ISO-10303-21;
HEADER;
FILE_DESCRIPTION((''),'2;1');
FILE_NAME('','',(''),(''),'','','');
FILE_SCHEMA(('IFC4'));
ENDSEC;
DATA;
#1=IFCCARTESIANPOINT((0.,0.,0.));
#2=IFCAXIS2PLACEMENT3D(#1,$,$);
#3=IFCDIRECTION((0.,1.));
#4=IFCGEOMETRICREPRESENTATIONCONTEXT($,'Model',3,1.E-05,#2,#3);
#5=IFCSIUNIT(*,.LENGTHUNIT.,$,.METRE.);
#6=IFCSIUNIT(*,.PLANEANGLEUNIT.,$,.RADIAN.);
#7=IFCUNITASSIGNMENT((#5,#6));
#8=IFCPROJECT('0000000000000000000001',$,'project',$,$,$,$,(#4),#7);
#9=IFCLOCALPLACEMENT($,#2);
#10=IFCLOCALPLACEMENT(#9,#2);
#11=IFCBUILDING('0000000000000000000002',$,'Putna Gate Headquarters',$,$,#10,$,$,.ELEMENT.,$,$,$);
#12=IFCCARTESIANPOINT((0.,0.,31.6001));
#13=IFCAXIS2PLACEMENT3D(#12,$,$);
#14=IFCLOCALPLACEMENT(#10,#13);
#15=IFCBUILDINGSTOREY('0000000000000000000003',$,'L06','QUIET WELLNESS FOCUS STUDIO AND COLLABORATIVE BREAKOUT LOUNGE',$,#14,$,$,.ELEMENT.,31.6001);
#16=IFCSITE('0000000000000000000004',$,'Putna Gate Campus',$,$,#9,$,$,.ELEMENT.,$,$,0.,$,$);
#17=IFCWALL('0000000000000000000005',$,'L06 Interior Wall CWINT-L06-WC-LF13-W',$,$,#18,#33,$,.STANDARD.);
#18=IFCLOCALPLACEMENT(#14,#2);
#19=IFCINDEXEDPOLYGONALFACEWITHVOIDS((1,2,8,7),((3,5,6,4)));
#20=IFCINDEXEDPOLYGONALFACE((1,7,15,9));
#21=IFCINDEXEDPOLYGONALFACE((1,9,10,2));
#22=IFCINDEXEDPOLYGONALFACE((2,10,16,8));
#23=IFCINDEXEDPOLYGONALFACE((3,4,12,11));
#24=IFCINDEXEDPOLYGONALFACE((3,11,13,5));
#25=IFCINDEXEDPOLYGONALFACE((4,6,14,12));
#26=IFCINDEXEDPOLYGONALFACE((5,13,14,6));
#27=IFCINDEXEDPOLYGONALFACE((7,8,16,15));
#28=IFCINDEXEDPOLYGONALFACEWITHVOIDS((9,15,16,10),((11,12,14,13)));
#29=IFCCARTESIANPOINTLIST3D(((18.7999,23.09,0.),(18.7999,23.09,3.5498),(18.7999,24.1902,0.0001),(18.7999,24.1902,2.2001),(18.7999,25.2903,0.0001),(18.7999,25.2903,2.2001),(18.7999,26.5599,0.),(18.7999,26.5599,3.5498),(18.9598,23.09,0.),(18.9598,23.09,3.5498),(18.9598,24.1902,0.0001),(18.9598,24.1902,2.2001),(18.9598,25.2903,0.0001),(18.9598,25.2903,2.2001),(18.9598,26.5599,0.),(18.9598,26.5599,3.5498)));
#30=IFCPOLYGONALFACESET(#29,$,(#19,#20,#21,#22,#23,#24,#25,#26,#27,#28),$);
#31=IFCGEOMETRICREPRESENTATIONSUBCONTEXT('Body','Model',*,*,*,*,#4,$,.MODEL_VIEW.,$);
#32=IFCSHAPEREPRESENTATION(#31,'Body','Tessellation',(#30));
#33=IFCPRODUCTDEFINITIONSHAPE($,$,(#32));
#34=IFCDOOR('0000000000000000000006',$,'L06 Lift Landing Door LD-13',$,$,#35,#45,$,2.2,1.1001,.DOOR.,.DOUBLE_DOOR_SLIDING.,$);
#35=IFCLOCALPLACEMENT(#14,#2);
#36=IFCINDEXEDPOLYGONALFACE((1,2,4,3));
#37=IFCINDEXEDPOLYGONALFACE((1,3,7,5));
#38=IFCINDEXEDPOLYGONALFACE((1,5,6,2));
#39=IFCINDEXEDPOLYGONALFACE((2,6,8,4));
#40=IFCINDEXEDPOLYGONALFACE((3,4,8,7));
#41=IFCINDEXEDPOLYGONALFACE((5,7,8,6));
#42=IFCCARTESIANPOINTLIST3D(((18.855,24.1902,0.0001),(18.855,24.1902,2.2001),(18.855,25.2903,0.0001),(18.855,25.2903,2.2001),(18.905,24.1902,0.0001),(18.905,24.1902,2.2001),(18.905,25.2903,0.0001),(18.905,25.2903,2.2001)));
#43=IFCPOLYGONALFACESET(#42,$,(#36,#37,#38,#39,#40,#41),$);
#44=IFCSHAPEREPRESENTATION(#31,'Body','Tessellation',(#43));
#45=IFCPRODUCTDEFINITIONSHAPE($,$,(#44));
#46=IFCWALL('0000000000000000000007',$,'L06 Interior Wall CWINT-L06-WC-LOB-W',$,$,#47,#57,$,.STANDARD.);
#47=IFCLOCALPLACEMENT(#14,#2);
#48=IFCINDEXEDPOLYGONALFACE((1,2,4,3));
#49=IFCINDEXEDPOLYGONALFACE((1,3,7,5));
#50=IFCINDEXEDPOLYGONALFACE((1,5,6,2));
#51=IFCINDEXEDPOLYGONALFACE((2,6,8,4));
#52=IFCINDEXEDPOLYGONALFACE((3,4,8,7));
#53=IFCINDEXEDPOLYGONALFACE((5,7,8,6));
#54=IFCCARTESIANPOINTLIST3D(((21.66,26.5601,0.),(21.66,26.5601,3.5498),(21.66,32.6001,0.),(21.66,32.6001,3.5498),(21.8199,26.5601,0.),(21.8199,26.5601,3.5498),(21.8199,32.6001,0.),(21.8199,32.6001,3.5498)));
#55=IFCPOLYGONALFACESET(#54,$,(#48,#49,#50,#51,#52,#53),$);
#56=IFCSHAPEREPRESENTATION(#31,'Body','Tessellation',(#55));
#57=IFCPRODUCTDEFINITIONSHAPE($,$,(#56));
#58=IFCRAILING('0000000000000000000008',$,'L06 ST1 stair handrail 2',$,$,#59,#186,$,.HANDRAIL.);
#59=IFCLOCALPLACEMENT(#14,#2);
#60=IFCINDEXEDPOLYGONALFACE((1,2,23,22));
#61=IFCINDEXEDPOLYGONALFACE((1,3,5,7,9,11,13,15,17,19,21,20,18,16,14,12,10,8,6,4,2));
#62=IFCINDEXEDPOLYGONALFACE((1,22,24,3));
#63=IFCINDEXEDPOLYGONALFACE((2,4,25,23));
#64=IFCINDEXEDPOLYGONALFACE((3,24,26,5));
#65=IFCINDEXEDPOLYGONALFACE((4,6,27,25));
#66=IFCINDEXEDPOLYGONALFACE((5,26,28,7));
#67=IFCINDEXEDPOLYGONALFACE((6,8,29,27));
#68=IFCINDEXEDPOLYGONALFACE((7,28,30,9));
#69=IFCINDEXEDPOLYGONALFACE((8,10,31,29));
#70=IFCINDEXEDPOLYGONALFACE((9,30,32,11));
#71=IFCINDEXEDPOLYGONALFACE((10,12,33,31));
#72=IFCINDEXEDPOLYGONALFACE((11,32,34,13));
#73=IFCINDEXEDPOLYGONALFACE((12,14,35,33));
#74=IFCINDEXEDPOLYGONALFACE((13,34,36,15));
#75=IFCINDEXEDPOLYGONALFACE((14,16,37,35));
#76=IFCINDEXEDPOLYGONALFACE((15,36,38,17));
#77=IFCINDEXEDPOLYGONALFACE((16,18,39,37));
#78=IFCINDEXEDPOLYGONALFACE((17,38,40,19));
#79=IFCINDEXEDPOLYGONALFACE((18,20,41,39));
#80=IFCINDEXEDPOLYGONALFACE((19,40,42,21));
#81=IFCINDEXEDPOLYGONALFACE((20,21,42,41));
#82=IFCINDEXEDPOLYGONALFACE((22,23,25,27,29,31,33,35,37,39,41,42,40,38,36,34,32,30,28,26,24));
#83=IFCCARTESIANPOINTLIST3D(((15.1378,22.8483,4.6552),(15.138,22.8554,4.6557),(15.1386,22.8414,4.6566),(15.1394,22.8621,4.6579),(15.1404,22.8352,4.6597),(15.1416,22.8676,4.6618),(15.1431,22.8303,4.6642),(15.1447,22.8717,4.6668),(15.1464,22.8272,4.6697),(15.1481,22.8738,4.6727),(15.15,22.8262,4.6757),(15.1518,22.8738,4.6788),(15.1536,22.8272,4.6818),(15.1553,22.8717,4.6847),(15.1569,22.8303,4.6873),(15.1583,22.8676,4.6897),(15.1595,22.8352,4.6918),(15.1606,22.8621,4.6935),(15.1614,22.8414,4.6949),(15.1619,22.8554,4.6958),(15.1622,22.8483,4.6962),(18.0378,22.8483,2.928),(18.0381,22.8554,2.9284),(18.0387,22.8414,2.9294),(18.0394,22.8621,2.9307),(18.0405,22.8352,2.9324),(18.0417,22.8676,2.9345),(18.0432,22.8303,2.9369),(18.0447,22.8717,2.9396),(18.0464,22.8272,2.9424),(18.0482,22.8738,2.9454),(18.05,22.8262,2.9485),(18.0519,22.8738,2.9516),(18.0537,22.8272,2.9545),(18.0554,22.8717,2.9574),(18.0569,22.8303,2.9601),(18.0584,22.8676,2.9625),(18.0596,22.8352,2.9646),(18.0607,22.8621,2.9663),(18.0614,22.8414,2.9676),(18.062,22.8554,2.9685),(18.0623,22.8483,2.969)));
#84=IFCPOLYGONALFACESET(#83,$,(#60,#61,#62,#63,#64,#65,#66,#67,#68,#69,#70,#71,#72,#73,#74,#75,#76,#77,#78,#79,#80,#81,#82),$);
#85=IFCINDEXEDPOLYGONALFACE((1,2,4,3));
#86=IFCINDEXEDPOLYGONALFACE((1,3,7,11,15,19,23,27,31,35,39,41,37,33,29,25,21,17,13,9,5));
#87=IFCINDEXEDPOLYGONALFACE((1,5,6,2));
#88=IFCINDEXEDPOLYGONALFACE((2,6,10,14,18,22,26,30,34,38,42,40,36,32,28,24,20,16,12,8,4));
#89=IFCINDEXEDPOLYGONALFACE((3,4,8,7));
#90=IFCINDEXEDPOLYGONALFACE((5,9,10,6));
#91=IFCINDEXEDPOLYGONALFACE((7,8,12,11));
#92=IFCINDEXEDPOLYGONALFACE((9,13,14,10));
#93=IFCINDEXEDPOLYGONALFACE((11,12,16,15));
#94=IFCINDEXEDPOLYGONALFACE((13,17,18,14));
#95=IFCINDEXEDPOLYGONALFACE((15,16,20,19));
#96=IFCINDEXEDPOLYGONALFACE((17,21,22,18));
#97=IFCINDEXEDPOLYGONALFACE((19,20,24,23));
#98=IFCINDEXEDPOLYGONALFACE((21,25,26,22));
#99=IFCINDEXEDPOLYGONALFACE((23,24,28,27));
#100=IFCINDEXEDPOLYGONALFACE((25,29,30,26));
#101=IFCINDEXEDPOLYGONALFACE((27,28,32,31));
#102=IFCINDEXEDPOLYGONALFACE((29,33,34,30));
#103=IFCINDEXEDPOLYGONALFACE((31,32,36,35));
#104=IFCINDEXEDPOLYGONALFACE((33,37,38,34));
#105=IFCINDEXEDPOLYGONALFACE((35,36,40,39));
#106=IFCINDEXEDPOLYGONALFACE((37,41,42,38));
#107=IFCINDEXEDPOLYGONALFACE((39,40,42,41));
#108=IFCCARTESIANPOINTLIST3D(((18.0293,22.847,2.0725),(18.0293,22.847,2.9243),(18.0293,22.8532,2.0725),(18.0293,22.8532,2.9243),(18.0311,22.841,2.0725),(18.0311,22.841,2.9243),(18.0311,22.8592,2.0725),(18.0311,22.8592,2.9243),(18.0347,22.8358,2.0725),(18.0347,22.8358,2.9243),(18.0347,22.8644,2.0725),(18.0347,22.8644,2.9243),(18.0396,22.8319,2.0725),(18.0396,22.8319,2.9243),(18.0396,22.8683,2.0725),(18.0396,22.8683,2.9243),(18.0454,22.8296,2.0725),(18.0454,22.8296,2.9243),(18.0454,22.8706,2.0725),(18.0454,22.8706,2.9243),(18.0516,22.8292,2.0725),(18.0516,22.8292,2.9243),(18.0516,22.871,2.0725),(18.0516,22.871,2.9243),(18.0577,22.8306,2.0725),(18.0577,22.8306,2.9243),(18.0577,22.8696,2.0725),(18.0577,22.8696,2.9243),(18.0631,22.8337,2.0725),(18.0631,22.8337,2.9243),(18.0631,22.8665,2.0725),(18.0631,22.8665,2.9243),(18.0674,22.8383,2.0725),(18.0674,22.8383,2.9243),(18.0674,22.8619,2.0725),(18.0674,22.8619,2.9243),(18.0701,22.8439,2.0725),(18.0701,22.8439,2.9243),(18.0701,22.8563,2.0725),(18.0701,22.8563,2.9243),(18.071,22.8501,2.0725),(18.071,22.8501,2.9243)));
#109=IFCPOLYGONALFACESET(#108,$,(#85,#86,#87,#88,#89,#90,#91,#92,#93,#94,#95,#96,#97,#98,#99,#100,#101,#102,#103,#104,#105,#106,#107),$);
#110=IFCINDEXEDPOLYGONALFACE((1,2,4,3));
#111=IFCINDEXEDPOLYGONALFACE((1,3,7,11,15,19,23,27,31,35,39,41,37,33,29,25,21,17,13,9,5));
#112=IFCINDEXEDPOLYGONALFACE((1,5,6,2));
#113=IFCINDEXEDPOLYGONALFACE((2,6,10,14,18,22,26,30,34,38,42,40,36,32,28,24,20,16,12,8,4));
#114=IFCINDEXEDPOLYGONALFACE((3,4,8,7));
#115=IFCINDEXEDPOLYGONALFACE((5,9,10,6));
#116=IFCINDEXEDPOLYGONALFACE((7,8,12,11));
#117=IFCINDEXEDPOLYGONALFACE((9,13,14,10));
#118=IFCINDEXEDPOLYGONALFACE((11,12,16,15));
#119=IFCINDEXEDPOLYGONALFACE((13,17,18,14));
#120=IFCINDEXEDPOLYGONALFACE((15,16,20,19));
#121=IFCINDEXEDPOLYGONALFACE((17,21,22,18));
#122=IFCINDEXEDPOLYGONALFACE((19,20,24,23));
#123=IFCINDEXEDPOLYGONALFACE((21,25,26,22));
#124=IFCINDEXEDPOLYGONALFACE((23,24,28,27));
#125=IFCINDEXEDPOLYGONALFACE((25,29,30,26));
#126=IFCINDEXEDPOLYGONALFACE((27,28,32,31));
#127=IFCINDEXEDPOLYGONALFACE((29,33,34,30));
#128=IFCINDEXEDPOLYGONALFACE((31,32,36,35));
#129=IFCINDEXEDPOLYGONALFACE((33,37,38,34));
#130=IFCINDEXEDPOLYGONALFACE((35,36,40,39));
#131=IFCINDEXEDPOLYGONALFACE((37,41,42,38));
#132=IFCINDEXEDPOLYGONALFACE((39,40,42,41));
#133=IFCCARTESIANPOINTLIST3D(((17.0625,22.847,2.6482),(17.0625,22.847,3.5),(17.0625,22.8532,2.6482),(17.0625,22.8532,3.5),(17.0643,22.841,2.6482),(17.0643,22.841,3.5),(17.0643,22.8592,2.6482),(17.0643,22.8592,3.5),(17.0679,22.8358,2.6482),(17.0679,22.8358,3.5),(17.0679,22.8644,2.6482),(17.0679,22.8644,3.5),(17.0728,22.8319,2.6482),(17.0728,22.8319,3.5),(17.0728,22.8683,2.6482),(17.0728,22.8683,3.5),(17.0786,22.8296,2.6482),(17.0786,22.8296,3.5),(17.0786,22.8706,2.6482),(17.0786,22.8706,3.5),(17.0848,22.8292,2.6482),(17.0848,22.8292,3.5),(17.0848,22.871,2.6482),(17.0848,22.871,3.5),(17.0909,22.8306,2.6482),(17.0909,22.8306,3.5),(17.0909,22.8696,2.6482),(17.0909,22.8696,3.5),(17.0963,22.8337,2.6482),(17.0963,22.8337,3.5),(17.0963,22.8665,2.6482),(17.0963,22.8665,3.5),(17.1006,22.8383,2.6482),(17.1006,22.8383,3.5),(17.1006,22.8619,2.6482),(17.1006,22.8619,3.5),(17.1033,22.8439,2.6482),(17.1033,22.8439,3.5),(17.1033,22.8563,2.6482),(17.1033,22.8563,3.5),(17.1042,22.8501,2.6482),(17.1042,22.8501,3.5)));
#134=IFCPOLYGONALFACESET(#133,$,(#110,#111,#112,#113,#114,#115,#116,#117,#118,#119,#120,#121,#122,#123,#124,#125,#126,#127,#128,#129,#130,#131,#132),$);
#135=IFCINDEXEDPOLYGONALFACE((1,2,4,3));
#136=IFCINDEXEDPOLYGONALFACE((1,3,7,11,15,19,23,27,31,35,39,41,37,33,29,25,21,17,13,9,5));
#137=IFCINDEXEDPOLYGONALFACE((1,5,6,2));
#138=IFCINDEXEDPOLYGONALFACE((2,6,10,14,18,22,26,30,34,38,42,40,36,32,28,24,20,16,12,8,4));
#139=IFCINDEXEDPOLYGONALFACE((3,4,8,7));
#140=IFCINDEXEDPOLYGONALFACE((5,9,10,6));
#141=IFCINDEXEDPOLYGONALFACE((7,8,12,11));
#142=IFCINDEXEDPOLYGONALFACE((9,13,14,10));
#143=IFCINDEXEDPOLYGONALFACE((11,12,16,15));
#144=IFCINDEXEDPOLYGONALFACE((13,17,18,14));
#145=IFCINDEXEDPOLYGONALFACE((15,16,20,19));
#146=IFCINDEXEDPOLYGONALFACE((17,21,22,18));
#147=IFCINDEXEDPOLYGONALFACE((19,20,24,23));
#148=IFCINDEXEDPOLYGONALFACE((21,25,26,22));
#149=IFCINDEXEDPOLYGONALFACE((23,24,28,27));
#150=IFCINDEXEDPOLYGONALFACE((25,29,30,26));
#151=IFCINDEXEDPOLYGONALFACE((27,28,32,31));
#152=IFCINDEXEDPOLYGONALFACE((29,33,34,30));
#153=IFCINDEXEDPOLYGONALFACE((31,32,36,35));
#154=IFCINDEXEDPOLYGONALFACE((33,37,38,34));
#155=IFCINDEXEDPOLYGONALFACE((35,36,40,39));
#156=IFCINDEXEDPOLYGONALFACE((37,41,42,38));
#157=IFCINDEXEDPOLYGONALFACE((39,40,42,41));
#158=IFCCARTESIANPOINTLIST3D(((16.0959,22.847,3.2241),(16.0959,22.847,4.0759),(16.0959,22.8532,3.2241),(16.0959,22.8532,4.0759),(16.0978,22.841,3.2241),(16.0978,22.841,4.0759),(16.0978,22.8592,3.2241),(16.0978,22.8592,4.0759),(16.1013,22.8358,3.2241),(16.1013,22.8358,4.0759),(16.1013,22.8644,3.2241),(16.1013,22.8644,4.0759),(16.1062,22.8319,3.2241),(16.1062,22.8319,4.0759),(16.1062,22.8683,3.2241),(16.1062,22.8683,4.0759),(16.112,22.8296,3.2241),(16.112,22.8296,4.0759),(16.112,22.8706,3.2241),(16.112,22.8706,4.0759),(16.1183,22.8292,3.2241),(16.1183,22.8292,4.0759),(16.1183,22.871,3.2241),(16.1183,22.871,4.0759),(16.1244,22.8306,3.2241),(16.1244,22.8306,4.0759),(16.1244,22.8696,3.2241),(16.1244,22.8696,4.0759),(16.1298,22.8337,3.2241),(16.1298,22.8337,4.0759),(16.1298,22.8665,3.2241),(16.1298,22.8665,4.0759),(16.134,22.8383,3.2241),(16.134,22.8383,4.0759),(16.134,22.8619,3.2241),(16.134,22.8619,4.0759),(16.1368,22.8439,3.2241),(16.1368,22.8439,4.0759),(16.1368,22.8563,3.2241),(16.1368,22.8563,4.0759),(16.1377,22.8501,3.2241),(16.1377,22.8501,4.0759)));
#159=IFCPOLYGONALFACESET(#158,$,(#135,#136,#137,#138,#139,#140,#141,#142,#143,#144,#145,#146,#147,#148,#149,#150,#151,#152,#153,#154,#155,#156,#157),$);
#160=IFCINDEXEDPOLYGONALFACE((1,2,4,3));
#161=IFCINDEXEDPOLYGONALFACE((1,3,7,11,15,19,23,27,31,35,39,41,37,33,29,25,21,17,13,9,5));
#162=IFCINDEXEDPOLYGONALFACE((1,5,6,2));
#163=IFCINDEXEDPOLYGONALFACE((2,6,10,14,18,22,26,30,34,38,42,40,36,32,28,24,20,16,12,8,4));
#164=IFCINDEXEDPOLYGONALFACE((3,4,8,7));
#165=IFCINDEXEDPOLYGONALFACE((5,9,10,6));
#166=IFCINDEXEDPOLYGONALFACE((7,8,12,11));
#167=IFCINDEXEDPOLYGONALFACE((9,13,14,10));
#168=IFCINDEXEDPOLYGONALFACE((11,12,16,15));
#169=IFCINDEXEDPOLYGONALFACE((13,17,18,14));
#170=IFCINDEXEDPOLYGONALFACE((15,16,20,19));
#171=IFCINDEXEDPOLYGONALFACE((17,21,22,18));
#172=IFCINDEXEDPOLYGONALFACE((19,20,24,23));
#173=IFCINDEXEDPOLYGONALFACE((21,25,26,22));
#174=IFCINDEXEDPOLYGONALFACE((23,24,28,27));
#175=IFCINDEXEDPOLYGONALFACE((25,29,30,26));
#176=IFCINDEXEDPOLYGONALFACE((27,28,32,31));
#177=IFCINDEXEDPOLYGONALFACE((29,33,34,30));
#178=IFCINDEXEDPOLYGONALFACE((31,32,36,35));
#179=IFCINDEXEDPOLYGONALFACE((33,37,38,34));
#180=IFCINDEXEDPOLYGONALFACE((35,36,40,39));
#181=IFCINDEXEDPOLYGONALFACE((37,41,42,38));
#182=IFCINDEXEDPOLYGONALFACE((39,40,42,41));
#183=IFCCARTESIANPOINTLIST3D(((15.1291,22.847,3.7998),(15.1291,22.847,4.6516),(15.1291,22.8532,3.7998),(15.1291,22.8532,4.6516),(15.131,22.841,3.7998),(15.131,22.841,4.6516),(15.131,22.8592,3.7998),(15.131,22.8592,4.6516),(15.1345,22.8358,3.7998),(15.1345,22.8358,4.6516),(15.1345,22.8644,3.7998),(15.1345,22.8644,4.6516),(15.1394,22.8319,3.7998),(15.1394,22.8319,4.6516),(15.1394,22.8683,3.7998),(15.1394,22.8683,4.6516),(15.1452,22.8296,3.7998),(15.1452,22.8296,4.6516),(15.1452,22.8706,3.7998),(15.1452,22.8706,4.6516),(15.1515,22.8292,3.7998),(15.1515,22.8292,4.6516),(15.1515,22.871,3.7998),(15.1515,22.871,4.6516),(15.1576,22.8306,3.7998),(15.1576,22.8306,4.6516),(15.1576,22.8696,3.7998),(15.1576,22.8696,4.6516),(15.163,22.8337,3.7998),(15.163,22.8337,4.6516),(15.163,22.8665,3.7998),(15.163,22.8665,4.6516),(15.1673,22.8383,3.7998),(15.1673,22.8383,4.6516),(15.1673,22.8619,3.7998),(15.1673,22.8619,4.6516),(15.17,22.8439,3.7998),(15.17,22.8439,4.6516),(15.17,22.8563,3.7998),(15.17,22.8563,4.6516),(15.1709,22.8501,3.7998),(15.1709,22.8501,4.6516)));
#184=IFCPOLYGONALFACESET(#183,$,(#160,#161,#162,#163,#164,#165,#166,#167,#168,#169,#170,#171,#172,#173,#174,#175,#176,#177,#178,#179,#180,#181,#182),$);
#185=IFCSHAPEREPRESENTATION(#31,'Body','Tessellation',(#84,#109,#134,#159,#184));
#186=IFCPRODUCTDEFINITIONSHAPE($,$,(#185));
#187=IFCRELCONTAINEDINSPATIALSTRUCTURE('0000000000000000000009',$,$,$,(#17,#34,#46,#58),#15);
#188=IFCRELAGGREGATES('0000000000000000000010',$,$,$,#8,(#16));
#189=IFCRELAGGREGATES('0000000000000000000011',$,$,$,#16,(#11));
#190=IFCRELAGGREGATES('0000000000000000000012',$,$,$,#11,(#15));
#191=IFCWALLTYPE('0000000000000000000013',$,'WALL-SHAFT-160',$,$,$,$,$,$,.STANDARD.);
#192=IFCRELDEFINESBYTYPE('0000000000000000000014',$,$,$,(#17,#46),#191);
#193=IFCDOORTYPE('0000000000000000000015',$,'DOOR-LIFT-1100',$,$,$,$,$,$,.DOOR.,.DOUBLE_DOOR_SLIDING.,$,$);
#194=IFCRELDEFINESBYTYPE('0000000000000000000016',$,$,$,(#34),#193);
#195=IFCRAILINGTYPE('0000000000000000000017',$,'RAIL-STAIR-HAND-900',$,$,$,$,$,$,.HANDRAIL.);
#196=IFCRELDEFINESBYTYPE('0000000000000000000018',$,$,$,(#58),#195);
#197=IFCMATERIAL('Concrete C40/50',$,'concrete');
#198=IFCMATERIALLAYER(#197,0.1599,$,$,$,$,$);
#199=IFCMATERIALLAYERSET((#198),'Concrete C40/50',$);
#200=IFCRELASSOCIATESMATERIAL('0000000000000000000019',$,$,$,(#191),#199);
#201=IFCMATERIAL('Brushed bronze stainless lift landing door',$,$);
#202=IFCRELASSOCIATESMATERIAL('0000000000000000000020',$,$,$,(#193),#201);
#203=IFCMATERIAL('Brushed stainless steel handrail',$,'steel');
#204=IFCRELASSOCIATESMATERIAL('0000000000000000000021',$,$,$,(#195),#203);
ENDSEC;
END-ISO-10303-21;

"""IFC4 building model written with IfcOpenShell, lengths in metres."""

from ifc_helpers import new_model, si_unit, direction, frame, frame_2d, origin, origin_2d, place, context, subcontext, project, spatial, rectangle, circle, extrude, material, layer, layer_set, type_object, element, fill, save


model = new_model("IFC4")

# Units and contexts
model_context = context("Model", 3, precision=1e-05, world=origin(), true_north=direction((0.0, 1.0)))
body_context = subcontext(model_context, "Body", "Model", "MODEL_VIEW")
ifc_project = project(units=[si_unit("LENGTHUNIT", "METRE"), si_unit("PLANEANGLEUNIT", "RADIAN")], contexts=[model_context])

# Site, building, storey
site_placement = place(None, origin())
site = spatial("IfcSite", under=ifc_project, at=site_placement, Name="Putna Gate Campus", CompositionType="ELEMENT", RefElevation=0.0)
building_placement = place(site_placement, origin())
building = spatial("IfcBuilding", under=site, at=building_placement, Name="Putna Gate Headquarters", CompositionType="ELEMENT")
storey_placement = place(building_placement, frame((0.0, 0.0, 31.6001)))
storey = spatial("IfcBuildingStorey", under=building, at=storey_placement, Name="L06", Description="QUIET WELLNESS FOCUS STUDIO AND COLLABORATIVE BREAKOUT LOUNGE", CompositionType="ELEMENT", Elevation=31.6001)

# Shared definitions
ifc_material_1 = material(Name="Concrete C40/50", Category="concrete")
ifc_layer_1 = layer(ifc_material_1, 0.1599)
ifc_layer_set_1 = layer_set([ifc_layer_1], Name="Concrete C40/50")
wall_type_1 = type_object("IfcWallType", Name="WALL-SHAFT-160", PredefinedType="STANDARD", material=ifc_layer_set_1)

# Wall, opening, door
wall_1_placement = place(storey_placement, frame((18.8799, 23.0901, 0.0), z_axis=(0.0, 0.0, 1.0), x_axis=(0.0, 1.0, 0.0)))
wall_1 = element("IfcWall", 1, at=wall_1_placement, inside=storey, type_object=wall_type_1, Name="L06 Interior Wall CWINT-L06-WC-LF13-W", PredefinedType="STANDARD", context=body_context, shape_type="SweptSolid", body=[
    extrude(rectangle(XDim=3.47, YDim=0.1599, at=frame_2d((1.7349, 0.0))), origin(), (0.0, 0.0, 1.0), 3.5498),
])
opening_1_placement = place(wall_1_placement, frame((1.1001, 0.0, 0.0)))
opening_1 = element("IfcOpeningElement", 2, at=opening_1_placement, cuts=wall_1, PredefinedType="OPENING", context=body_context, shape_type="SweptSolid", body=[
    extrude(rectangle(XDim=1.1001, YDim=2.2, at=frame_2d((0.55, 1.1001))), frame((0.0, 0.0898, 0.0), z_axis=(0.0, -1.0, 0.0), x_axis=(1.0, 0.0, 0.0)), (0.0, 0.0, 1.0), 0.1799),
])
ifc_material_2 = material(Name="Brushed bronze stainless lift landing door")
door_type_1 = type_object("IfcDoorType", Name="DOOR-LIFT-1100", OperationType="DOUBLE_DOOR_SLIDING", PredefinedType="DOOR", material=ifc_material_2)
door_1_placement = place(opening_1_placement, origin())
door_1 = element("IfcDoor", 3, at=door_1_placement, inside=storey, type_object=door_type_1, Name="L06 Lift Landing Door LD-13", OperationType="DOUBLE_DOOR_SLIDING", OverallHeight=2.2, OverallWidth=1.1001, PredefinedType="DOOR", context=body_context, shape_type="SweptSolid", body=[
    extrude(rectangle(XDim=1.1001, YDim=2.2, at=frame_2d((0.55, 1.1001))), frame((0.0, 0.0249, 0.0), z_axis=(0.0, -1.0, 0.0), x_axis=(1.0, 0.0, 0.0)), (0.0, 0.0, 1.0), 0.05),
])
fill(opening_1, door_1)

# Wall
wall_2_placement = place(storey_placement, frame((21.74, 26.5601, 0.0), z_axis=(0.0, 0.0, 1.0), x_axis=(0.0, 1.0, 0.0)))
element("IfcWall", 4, at=wall_2_placement, inside=storey, type_object=wall_type_1, Name="L06 Interior Wall CWINT-L06-WC-LOB-W", PredefinedType="STANDARD", context=body_context, shape_type="SweptSolid", body=[
    extrude(rectangle(XDim=6.04, YDim=0.1599, at=frame_2d((3.02, 0.0))), origin(), (0.0, 0.0, 1.0), 3.5498),
])

# Railing
ifc_material_3 = material(Name="Brushed stainless steel handrail", Category="steel")
railing_type_1 = type_object("IfcRailingType", Name="RAIL-STAIR-HAND-900", PredefinedType="HANDRAIL", material=ifc_material_3)
railing_1_placement = place(storey_placement, frame((18.05, 22.8501, 2.0725)))
element("IfcRailing", 5, at=railing_1_placement, inside=storey, type_object=railing_type_1, Name="L06 ST1 stair handrail 2", PredefinedType="HANDRAIL", context=body_context, shape_type="SweptSolid", body=[
    extrude(circle(Radius=0.0239, at=origin_2d()), frame((0.0, 0.0, 0.876), z_axis=(-0.85916, 0.0, 0.511706), x_axis=(0.0, -1.0, 0.0)), (0.0, 0.0, 1.0), 3.3755),
    extrude(circle(Radius=0.021, at=origin_2d()), origin(), (0.0, 0.0, 1.0), 0.8518),
    extrude(circle(Radius=0.021, at=origin_2d()), frame((-0.9668, 0.0, 0.5757)), (0.0, 0.0, 1.0), 0.8518),
    extrude(circle(Radius=0.021, at=origin_2d()), frame((-1.9333, 0.0, 1.1516)), (0.0, 0.0, 1.0), 0.8518),
    extrude(circle(Radius=0.021, at=origin_2d()), frame((-2.9001, 0.0, 1.7273)), (0.0, 0.0, 1.0), 0.8518),
])

save(model, "model.ifc")
